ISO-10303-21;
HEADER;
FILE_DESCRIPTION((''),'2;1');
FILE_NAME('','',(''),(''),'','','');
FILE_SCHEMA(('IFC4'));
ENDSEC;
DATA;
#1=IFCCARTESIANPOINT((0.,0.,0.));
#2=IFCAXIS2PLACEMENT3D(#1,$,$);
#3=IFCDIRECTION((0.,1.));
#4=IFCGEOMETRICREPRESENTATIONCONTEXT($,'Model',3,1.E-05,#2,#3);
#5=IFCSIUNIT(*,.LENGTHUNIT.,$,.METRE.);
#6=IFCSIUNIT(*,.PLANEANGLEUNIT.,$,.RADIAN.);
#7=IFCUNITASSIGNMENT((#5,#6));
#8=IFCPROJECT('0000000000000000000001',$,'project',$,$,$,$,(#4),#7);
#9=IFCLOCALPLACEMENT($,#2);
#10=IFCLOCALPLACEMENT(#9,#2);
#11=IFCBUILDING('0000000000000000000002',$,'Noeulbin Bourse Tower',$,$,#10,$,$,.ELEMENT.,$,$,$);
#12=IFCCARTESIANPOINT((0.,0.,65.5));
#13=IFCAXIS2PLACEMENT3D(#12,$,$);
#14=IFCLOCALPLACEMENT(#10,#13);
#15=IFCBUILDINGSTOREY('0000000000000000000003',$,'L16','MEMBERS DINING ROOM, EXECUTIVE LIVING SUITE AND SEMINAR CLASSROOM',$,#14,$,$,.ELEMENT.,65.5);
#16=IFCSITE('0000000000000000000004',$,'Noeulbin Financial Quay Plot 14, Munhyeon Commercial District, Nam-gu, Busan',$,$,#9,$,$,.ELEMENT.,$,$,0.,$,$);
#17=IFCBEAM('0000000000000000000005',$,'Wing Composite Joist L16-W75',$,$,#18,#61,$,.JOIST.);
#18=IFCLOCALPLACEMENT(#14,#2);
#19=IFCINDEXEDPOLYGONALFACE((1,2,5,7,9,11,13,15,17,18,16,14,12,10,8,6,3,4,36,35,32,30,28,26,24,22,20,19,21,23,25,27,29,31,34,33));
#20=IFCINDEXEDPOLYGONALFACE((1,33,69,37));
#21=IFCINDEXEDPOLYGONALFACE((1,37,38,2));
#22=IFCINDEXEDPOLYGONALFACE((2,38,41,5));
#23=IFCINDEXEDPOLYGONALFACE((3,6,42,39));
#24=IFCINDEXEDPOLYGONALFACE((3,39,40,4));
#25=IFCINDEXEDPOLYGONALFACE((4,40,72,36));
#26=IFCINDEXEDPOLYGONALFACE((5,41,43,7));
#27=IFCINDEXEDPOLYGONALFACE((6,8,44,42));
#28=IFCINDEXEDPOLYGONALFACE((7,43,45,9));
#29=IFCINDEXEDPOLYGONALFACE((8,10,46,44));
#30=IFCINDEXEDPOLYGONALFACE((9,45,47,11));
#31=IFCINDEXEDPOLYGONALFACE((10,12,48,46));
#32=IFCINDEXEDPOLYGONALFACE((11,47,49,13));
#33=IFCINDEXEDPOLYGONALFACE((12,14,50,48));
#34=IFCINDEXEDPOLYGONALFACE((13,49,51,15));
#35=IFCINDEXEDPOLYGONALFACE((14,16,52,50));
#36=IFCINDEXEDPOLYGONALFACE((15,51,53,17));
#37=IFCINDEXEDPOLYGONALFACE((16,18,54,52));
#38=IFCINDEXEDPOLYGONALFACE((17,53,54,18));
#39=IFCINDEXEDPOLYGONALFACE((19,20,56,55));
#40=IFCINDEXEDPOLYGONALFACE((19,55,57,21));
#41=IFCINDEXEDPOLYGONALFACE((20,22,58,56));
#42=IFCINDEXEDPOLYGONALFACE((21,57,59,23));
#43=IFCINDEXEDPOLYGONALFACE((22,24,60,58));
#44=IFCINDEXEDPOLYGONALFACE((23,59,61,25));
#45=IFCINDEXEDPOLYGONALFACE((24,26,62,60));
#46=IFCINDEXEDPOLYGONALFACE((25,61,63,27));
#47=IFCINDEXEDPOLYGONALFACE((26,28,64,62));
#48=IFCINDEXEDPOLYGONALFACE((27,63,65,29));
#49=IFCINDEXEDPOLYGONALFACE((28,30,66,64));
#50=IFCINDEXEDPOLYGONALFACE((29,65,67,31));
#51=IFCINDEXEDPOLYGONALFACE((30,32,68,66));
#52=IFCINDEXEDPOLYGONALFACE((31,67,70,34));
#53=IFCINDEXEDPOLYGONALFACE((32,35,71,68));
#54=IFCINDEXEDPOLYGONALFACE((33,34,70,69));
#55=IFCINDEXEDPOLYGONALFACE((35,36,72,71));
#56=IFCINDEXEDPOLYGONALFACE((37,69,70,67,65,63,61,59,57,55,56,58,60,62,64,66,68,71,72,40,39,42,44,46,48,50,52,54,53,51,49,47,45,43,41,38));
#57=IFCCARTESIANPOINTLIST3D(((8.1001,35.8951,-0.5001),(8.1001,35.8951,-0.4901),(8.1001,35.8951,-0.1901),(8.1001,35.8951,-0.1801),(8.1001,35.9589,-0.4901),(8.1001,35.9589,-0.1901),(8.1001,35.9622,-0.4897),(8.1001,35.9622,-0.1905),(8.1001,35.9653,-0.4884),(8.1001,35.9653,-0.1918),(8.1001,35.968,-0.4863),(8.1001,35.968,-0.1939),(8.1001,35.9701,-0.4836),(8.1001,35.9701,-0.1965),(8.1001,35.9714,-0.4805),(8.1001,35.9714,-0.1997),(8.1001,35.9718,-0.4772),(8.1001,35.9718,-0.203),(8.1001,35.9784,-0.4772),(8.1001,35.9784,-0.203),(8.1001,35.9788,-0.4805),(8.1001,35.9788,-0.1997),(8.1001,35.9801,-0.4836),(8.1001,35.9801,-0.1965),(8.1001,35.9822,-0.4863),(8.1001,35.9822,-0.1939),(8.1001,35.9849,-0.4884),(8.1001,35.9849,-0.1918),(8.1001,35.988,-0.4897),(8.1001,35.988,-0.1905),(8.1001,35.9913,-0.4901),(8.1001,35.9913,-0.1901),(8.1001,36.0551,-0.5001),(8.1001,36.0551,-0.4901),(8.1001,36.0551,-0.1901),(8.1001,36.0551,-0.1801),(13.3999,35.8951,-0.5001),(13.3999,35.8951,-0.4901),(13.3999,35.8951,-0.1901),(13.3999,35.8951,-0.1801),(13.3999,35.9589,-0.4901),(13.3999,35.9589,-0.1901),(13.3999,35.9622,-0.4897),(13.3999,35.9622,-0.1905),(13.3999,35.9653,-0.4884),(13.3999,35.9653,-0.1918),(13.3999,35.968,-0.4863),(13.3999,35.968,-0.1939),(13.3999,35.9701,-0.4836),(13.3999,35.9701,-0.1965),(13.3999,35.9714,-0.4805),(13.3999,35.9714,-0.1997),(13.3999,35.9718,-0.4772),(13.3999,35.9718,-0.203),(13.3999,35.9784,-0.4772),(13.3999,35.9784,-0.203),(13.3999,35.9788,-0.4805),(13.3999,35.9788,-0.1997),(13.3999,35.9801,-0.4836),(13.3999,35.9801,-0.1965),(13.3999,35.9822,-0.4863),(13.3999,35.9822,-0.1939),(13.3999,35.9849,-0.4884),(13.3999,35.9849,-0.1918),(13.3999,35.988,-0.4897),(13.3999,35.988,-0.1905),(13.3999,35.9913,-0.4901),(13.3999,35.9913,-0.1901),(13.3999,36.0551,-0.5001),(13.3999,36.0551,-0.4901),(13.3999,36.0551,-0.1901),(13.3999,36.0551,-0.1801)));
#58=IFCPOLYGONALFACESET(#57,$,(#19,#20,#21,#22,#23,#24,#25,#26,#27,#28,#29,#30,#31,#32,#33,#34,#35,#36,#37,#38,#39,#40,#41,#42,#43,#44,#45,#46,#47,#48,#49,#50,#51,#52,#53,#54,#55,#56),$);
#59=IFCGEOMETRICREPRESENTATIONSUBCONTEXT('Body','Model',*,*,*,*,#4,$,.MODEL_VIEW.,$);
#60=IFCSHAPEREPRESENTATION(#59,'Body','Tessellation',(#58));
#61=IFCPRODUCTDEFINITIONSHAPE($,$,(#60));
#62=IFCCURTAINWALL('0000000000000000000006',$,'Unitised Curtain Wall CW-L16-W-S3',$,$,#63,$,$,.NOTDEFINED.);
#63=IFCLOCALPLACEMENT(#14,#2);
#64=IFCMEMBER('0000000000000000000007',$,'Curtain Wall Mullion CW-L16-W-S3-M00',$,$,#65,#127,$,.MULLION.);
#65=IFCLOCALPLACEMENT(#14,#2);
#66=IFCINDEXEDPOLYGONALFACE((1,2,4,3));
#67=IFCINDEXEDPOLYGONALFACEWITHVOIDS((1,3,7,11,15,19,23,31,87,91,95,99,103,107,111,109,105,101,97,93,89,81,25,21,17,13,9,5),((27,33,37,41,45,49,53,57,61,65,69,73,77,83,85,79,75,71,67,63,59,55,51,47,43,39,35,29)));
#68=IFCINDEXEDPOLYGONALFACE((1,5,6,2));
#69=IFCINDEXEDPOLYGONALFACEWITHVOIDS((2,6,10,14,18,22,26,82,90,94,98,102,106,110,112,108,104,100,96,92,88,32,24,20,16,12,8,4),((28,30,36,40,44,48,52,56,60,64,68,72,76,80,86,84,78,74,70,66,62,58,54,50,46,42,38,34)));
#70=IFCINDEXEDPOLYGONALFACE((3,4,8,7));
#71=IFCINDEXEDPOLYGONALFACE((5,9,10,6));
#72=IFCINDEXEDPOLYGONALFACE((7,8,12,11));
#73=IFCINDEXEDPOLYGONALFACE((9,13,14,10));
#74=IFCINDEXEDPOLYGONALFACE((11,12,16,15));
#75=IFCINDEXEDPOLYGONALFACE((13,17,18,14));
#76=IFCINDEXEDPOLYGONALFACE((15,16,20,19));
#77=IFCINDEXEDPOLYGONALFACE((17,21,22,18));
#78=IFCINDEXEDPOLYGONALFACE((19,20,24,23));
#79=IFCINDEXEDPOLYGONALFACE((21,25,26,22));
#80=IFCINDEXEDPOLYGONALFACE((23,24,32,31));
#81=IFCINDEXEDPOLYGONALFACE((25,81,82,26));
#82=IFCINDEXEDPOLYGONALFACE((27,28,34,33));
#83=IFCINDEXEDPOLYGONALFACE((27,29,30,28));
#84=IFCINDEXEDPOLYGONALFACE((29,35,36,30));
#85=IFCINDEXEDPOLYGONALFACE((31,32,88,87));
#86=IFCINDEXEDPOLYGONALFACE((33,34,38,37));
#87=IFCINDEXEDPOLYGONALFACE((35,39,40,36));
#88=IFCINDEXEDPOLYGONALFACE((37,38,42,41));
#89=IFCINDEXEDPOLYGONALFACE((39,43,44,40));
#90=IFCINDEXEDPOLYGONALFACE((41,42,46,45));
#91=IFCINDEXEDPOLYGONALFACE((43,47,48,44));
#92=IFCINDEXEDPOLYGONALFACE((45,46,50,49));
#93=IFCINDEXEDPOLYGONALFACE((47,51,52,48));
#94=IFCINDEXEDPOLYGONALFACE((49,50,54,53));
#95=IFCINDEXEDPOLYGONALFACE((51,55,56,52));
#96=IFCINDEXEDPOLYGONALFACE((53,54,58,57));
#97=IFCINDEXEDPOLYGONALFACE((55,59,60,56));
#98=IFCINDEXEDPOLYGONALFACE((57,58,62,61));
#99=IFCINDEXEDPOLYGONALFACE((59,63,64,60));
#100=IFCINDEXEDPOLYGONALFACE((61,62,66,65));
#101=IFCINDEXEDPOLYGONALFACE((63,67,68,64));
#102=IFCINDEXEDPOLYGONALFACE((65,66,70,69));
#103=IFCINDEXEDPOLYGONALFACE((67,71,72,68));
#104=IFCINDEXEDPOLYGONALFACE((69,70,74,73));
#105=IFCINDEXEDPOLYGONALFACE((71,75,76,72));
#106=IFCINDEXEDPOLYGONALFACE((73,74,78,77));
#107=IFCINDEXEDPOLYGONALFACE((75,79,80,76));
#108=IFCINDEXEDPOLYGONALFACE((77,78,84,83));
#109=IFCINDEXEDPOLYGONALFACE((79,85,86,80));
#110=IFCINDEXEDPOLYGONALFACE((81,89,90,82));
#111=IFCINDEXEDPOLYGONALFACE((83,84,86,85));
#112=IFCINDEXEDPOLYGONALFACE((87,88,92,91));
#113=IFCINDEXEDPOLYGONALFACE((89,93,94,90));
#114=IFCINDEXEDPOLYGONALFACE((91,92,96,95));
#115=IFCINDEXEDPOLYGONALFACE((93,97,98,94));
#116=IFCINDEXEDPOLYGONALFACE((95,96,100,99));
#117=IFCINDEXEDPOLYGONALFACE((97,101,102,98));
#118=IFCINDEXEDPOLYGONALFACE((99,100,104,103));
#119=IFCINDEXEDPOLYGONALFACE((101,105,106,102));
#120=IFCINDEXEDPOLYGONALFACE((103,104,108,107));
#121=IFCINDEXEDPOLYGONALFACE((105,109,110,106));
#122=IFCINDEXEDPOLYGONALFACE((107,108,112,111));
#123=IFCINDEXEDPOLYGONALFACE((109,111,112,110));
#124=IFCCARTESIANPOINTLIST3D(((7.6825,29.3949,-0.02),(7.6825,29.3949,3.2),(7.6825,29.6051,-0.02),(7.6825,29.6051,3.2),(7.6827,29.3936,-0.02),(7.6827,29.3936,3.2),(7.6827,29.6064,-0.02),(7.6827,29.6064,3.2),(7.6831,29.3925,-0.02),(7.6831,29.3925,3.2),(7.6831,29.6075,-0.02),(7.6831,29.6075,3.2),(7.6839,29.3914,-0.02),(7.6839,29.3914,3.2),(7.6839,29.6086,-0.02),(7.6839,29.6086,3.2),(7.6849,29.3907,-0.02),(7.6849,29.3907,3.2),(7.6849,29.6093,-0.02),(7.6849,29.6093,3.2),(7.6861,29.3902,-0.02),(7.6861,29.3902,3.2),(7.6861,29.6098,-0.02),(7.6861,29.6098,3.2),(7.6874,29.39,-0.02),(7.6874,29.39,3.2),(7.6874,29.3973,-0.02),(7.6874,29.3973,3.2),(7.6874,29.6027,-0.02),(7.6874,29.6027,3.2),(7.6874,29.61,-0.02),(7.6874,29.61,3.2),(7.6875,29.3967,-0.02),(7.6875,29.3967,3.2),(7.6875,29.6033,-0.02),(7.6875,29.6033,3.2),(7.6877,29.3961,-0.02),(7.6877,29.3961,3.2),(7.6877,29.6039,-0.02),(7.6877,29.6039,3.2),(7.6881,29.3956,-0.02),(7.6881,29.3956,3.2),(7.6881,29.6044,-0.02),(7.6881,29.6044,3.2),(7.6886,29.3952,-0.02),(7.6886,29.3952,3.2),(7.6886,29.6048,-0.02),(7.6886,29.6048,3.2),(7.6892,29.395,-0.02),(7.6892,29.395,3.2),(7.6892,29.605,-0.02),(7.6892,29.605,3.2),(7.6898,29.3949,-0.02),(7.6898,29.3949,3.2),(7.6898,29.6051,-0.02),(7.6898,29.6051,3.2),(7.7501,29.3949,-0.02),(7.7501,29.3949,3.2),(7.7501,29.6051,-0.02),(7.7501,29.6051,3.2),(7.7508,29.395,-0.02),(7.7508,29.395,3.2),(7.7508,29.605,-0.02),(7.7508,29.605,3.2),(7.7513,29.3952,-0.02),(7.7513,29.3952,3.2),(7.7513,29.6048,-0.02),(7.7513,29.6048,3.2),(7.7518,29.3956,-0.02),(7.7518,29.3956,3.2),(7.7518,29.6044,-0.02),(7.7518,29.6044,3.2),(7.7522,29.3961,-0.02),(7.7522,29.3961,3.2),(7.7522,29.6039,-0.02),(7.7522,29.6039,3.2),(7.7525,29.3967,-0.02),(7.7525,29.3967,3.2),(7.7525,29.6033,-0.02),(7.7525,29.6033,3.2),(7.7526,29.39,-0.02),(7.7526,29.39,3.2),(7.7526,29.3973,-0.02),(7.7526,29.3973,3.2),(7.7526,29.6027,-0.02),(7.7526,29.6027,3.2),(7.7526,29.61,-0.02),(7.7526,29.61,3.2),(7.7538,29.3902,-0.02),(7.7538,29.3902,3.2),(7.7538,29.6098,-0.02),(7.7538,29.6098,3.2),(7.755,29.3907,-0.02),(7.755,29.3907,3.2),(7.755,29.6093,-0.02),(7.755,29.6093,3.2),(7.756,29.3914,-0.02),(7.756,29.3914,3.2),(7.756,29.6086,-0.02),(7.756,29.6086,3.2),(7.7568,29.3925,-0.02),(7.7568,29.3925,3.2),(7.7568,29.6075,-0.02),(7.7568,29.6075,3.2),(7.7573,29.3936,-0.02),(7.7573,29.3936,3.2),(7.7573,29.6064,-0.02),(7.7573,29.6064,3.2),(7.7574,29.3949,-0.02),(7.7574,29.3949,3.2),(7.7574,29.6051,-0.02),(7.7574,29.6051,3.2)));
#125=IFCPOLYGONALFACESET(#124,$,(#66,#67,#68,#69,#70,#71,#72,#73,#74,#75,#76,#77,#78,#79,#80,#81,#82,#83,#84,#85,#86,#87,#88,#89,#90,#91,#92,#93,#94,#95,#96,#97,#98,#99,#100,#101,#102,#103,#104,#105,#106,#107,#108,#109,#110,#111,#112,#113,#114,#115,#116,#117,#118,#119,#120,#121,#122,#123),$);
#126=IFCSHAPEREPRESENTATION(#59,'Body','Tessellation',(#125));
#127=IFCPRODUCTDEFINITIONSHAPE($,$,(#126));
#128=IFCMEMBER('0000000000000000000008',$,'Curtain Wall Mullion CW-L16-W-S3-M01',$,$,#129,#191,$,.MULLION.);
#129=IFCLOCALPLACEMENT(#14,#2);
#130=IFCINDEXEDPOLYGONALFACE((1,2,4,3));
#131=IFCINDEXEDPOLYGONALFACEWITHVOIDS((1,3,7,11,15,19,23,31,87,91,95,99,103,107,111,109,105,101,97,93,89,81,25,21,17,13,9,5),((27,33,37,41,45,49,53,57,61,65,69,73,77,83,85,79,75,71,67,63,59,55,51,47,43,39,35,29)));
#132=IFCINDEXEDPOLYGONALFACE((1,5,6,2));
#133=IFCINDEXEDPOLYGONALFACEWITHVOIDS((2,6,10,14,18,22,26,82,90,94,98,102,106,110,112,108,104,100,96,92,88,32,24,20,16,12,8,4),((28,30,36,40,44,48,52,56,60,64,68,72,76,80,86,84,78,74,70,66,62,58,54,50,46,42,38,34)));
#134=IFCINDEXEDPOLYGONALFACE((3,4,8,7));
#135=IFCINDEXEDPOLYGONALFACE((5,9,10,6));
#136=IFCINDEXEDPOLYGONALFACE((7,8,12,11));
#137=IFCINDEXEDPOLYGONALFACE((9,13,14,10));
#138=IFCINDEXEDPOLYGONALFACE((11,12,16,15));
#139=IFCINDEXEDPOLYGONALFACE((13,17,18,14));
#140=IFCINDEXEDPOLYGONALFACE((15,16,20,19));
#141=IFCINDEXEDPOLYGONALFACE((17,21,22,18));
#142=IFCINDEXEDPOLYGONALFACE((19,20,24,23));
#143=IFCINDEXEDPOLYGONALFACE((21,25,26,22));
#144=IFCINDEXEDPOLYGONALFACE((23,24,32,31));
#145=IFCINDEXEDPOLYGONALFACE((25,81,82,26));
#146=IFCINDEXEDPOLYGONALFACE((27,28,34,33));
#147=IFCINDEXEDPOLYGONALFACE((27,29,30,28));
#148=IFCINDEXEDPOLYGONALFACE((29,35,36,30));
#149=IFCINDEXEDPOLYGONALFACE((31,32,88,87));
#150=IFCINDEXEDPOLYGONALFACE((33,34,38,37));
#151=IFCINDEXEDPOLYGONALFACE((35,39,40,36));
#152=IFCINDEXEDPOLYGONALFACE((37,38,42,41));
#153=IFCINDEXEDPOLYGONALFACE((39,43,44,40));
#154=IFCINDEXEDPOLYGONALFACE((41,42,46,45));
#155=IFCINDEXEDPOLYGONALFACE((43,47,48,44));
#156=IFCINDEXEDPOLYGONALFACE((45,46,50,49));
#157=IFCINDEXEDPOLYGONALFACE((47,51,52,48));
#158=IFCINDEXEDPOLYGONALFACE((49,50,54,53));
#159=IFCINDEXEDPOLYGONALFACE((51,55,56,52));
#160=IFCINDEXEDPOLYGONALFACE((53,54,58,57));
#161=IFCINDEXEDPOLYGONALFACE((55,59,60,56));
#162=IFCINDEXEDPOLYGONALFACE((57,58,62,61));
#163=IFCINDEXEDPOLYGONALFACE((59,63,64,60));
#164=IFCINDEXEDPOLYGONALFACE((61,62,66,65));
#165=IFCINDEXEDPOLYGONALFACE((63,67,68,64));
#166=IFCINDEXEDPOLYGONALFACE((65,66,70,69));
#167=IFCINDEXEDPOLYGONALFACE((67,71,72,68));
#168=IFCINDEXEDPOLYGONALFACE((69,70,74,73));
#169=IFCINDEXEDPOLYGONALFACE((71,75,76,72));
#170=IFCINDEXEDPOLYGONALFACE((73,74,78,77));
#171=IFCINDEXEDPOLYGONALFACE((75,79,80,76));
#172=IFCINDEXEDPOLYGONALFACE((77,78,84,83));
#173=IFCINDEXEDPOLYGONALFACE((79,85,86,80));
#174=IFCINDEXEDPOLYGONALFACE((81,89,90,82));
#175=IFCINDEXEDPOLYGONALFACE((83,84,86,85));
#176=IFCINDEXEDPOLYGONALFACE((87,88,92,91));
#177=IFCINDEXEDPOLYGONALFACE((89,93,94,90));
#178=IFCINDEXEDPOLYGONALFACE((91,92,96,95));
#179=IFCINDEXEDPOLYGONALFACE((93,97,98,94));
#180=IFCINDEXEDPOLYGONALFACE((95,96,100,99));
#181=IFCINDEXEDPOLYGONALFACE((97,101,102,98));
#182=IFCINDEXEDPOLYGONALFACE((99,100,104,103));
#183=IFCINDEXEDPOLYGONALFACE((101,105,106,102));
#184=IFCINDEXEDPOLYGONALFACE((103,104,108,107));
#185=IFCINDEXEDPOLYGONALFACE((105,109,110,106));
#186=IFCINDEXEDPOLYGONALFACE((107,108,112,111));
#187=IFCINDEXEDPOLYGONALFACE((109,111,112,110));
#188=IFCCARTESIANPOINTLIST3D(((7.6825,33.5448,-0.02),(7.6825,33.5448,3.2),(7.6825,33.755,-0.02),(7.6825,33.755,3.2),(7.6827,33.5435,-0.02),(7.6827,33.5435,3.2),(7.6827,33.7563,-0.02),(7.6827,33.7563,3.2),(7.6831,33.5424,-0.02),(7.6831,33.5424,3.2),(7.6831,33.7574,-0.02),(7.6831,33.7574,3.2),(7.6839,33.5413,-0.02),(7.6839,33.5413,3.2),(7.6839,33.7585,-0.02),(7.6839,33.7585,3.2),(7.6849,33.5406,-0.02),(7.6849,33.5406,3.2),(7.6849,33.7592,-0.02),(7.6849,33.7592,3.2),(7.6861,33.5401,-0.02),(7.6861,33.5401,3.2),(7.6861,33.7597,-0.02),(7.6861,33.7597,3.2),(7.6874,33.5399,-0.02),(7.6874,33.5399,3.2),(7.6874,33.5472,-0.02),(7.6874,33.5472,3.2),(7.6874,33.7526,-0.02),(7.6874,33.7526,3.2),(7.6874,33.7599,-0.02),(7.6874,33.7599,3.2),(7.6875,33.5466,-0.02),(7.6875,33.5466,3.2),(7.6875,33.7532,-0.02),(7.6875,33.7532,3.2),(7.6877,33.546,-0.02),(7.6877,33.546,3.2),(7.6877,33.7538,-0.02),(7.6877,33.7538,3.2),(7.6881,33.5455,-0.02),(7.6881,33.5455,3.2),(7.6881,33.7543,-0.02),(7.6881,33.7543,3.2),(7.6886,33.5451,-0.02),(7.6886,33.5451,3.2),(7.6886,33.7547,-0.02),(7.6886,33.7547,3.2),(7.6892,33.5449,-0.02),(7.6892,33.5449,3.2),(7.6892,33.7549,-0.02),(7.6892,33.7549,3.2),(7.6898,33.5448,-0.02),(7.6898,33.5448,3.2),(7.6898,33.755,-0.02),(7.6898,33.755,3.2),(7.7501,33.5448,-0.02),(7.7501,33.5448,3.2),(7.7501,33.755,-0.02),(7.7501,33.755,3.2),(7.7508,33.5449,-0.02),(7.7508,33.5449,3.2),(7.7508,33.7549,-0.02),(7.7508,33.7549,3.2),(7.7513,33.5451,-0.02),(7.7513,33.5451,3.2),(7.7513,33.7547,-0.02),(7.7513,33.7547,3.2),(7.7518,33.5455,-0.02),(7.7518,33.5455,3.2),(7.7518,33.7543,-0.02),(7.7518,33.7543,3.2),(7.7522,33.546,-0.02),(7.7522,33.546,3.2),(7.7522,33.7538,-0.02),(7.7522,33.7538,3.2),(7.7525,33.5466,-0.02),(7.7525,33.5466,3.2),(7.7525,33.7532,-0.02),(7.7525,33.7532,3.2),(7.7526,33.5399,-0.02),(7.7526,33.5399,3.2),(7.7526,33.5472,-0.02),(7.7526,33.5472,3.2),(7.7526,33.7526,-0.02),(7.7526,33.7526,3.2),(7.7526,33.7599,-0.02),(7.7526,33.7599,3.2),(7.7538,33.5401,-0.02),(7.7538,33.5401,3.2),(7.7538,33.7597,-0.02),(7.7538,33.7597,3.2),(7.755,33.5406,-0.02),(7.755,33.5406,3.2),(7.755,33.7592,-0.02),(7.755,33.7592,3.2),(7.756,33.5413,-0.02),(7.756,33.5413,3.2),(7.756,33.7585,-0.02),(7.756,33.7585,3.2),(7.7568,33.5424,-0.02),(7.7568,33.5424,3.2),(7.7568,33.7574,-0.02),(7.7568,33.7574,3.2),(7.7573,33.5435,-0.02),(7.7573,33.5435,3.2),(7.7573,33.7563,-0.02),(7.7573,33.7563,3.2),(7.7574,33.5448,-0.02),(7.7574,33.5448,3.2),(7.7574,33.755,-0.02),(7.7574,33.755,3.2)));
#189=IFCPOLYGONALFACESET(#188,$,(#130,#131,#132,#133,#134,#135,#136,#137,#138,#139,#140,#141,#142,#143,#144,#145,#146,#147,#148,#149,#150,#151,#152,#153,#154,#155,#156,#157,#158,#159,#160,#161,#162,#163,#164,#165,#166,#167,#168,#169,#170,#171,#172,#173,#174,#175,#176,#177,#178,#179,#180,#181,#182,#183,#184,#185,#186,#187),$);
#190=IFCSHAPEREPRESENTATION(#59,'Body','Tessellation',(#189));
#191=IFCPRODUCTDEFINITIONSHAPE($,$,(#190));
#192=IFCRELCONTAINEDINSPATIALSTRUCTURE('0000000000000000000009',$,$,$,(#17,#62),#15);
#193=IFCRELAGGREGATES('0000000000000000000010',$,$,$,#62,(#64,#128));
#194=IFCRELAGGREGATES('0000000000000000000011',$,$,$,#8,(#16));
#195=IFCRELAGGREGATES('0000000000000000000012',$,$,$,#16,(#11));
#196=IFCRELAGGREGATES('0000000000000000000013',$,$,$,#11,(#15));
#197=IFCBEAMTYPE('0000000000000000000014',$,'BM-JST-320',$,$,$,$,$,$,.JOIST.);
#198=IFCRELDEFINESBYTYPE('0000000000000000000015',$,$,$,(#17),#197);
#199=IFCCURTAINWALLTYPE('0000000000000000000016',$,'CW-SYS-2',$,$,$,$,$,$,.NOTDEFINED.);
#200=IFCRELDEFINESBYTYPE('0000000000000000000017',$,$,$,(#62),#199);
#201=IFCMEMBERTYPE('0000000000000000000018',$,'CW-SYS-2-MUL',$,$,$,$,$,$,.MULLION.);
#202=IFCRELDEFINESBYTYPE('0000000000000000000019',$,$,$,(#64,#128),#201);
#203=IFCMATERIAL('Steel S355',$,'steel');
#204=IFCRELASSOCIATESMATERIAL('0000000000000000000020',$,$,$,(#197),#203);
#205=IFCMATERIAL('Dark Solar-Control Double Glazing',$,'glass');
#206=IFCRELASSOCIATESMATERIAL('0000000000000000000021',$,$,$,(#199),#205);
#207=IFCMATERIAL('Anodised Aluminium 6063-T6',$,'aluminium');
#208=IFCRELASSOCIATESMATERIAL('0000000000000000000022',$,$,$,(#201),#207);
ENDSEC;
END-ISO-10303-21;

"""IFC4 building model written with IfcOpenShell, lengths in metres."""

from ifc_helpers import new_model, si_unit, direction, frame, origin, origin_2d, place, context, subcontext, project, spatial, hollow_rectangle, i_section, extrude, material, material_profile, profile_set, type_object, element, aggregate, save


model = new_model("IFC4")

# Units and contexts
model_context = context("Model", 3, precision=1e-05, world=origin(), true_north=direction((0.0, 1.0)))
body_context = subcontext(model_context, "Body", "Model", "MODEL_VIEW")
ifc_project = project(units=[si_unit("LENGTHUNIT", "METRE"), si_unit("PLANEANGLEUNIT", "RADIAN")], contexts=[model_context])

# Site, building, storey
site_placement = place(None, origin())
site = spatial("IfcSite", under=ifc_project, at=site_placement, Name="Noeulbin Financial Quay Plot 14, Munhyeon Commercial District, Nam-gu, Busan", CompositionType="ELEMENT", RefElevation=0.0)
building_placement = place(site_placement, origin())
building = spatial("IfcBuilding", under=site, at=building_placement, Name="Noeulbin Bourse Tower", CompositionType="ELEMENT")
storey_placement = place(building_placement, frame((0.0, 0.0, 65.5)))
storey = spatial("IfcBuildingStorey", under=building, at=storey_placement, Name="L16", Description="MEMBERS DINING ROOM, EXECUTIVE LIVING SUITE AND SEMINAR CLASSROOM", CompositionType="ELEMENT", Elevation=65.5)

# Beam
ifc_material_1 = material(Name="Steel S355", Category="steel")
ifc_material_profile_1 = material_profile(ifc_material_1, i_section(OverallWidth=0.1599, OverallDepth=0.3201, WebThickness=0.0066, FlangeThickness=0.01, FilletRadius=0.0129, at=origin_2d()), Name="H-320x160x6.5x10", Category="LoadBearing")
ifc_profile_set_1 = profile_set([ifc_material_profile_1], Name="Steel S355")
beam_type = type_object("IfcBeamType", Name="BM-JST-320", PredefinedType="JOIST", material=ifc_profile_set_1)
for number, where, z_axis, x_axis, name in (
    (1, (8.1001, 35.9751, -0.3401), (1.0, 0.0, 0.0), (0.0, 1.0, 0.0), "Wing Composite Joist L16-W75"),
):
    element("IfcBeam", number, at=place(storey_placement, frame(where, z_axis=z_axis, x_axis=x_axis)), inside=storey, type_object=beam_type, Name=name, PredefinedType="JOIST", context=body_context, shape_type="SweptSolid", body=[
        extrude(i_section(OverallWidth=0.1599, OverallDepth=0.3201, WebThickness=0.0066, FlangeThickness=0.01, FilletRadius=0.0129, at=origin_2d()), origin(), (0.0, 0.0, 1.0), 5.2998),
    ])

# Curtain wall, members
ifc_material_2 = material(Name="Dark Solar-Control Double Glazing", Category="glass")
curtain_wall_type = type_object("IfcCurtainWallType", Name="CW-SYS-2", PredefinedType="NOTDEFINED", material=ifc_material_2)
curtain_wall_placement = place(storey_placement, origin())
curtain_wall = element("IfcCurtainWall", 2, at=curtain_wall_placement, inside=storey, type_object=curtain_wall_type, Name="Unitised Curtain Wall CW-L16-W-S3", PredefinedType="NOTDEFINED")
ifc_material_3 = material(Name="Anodised Aluminium 6063-T6", Category="aluminium")
ifc_material_profile_2 = material_profile(ifc_material_3, hollow_rectangle(XDim=0.075, YDim=0.22, WallThickness=0.0049, InnerFilletRadius=0.0024, OuterFilletRadius=0.0049, at=origin_2d()), Name="ALU-MULL-75x220x5", Category="LoadBearing")
ifc_profile_set_2 = profile_set([ifc_material_profile_2], Name="Anodised Aluminium 6063-T6")
member_type_1 = type_object("IfcMemberType", Name="CW-SYS-2-MUL", PredefinedType="MULLION", material=ifc_profile_set_2)
member_1_placement = place(storey_placement, frame((7.72, 29.5, -0.02), z_axis=(0.0, 0.0, 1.0), x_axis=(1.0, 0.0, 0.0)))
member_1 = element("IfcMember", 3, at=member_1_placement, type_object=member_type_1, Name="Curtain Wall Mullion CW-L16-W-S3-M00", PredefinedType="MULLION", context=body_context, shape_type="SweptSolid", body=[
    extrude(hollow_rectangle(XDim=0.075, YDim=0.22, WallThickness=0.0049, InnerFilletRadius=0.0024, OuterFilletRadius=0.0049, at=origin_2d()), origin(), (0.0, 0.0, 1.0), 3.22),
])
member_2_placement = place(storey_placement, frame((7.72, 33.6499, -0.02), z_axis=(0.0, 0.0, 1.0), x_axis=(1.0, 0.0, 0.0)))
member_2 = element("IfcMember", 4, at=member_2_placement, type_object=member_type_1, Name="Curtain Wall Mullion CW-L16-W-S3-M01", PredefinedType="MULLION", context=body_context, shape_type="SweptSolid", body=[
    extrude(hollow_rectangle(XDim=0.075, YDim=0.22, WallThickness=0.0049, InnerFilletRadius=0.0024, OuterFilletRadius=0.0049, at=origin_2d()), origin(), (0.0, 0.0, 1.0), 3.22),
])
aggregate(curtain_wall, [member_1, member_2])

save(model, "model.ifc")
